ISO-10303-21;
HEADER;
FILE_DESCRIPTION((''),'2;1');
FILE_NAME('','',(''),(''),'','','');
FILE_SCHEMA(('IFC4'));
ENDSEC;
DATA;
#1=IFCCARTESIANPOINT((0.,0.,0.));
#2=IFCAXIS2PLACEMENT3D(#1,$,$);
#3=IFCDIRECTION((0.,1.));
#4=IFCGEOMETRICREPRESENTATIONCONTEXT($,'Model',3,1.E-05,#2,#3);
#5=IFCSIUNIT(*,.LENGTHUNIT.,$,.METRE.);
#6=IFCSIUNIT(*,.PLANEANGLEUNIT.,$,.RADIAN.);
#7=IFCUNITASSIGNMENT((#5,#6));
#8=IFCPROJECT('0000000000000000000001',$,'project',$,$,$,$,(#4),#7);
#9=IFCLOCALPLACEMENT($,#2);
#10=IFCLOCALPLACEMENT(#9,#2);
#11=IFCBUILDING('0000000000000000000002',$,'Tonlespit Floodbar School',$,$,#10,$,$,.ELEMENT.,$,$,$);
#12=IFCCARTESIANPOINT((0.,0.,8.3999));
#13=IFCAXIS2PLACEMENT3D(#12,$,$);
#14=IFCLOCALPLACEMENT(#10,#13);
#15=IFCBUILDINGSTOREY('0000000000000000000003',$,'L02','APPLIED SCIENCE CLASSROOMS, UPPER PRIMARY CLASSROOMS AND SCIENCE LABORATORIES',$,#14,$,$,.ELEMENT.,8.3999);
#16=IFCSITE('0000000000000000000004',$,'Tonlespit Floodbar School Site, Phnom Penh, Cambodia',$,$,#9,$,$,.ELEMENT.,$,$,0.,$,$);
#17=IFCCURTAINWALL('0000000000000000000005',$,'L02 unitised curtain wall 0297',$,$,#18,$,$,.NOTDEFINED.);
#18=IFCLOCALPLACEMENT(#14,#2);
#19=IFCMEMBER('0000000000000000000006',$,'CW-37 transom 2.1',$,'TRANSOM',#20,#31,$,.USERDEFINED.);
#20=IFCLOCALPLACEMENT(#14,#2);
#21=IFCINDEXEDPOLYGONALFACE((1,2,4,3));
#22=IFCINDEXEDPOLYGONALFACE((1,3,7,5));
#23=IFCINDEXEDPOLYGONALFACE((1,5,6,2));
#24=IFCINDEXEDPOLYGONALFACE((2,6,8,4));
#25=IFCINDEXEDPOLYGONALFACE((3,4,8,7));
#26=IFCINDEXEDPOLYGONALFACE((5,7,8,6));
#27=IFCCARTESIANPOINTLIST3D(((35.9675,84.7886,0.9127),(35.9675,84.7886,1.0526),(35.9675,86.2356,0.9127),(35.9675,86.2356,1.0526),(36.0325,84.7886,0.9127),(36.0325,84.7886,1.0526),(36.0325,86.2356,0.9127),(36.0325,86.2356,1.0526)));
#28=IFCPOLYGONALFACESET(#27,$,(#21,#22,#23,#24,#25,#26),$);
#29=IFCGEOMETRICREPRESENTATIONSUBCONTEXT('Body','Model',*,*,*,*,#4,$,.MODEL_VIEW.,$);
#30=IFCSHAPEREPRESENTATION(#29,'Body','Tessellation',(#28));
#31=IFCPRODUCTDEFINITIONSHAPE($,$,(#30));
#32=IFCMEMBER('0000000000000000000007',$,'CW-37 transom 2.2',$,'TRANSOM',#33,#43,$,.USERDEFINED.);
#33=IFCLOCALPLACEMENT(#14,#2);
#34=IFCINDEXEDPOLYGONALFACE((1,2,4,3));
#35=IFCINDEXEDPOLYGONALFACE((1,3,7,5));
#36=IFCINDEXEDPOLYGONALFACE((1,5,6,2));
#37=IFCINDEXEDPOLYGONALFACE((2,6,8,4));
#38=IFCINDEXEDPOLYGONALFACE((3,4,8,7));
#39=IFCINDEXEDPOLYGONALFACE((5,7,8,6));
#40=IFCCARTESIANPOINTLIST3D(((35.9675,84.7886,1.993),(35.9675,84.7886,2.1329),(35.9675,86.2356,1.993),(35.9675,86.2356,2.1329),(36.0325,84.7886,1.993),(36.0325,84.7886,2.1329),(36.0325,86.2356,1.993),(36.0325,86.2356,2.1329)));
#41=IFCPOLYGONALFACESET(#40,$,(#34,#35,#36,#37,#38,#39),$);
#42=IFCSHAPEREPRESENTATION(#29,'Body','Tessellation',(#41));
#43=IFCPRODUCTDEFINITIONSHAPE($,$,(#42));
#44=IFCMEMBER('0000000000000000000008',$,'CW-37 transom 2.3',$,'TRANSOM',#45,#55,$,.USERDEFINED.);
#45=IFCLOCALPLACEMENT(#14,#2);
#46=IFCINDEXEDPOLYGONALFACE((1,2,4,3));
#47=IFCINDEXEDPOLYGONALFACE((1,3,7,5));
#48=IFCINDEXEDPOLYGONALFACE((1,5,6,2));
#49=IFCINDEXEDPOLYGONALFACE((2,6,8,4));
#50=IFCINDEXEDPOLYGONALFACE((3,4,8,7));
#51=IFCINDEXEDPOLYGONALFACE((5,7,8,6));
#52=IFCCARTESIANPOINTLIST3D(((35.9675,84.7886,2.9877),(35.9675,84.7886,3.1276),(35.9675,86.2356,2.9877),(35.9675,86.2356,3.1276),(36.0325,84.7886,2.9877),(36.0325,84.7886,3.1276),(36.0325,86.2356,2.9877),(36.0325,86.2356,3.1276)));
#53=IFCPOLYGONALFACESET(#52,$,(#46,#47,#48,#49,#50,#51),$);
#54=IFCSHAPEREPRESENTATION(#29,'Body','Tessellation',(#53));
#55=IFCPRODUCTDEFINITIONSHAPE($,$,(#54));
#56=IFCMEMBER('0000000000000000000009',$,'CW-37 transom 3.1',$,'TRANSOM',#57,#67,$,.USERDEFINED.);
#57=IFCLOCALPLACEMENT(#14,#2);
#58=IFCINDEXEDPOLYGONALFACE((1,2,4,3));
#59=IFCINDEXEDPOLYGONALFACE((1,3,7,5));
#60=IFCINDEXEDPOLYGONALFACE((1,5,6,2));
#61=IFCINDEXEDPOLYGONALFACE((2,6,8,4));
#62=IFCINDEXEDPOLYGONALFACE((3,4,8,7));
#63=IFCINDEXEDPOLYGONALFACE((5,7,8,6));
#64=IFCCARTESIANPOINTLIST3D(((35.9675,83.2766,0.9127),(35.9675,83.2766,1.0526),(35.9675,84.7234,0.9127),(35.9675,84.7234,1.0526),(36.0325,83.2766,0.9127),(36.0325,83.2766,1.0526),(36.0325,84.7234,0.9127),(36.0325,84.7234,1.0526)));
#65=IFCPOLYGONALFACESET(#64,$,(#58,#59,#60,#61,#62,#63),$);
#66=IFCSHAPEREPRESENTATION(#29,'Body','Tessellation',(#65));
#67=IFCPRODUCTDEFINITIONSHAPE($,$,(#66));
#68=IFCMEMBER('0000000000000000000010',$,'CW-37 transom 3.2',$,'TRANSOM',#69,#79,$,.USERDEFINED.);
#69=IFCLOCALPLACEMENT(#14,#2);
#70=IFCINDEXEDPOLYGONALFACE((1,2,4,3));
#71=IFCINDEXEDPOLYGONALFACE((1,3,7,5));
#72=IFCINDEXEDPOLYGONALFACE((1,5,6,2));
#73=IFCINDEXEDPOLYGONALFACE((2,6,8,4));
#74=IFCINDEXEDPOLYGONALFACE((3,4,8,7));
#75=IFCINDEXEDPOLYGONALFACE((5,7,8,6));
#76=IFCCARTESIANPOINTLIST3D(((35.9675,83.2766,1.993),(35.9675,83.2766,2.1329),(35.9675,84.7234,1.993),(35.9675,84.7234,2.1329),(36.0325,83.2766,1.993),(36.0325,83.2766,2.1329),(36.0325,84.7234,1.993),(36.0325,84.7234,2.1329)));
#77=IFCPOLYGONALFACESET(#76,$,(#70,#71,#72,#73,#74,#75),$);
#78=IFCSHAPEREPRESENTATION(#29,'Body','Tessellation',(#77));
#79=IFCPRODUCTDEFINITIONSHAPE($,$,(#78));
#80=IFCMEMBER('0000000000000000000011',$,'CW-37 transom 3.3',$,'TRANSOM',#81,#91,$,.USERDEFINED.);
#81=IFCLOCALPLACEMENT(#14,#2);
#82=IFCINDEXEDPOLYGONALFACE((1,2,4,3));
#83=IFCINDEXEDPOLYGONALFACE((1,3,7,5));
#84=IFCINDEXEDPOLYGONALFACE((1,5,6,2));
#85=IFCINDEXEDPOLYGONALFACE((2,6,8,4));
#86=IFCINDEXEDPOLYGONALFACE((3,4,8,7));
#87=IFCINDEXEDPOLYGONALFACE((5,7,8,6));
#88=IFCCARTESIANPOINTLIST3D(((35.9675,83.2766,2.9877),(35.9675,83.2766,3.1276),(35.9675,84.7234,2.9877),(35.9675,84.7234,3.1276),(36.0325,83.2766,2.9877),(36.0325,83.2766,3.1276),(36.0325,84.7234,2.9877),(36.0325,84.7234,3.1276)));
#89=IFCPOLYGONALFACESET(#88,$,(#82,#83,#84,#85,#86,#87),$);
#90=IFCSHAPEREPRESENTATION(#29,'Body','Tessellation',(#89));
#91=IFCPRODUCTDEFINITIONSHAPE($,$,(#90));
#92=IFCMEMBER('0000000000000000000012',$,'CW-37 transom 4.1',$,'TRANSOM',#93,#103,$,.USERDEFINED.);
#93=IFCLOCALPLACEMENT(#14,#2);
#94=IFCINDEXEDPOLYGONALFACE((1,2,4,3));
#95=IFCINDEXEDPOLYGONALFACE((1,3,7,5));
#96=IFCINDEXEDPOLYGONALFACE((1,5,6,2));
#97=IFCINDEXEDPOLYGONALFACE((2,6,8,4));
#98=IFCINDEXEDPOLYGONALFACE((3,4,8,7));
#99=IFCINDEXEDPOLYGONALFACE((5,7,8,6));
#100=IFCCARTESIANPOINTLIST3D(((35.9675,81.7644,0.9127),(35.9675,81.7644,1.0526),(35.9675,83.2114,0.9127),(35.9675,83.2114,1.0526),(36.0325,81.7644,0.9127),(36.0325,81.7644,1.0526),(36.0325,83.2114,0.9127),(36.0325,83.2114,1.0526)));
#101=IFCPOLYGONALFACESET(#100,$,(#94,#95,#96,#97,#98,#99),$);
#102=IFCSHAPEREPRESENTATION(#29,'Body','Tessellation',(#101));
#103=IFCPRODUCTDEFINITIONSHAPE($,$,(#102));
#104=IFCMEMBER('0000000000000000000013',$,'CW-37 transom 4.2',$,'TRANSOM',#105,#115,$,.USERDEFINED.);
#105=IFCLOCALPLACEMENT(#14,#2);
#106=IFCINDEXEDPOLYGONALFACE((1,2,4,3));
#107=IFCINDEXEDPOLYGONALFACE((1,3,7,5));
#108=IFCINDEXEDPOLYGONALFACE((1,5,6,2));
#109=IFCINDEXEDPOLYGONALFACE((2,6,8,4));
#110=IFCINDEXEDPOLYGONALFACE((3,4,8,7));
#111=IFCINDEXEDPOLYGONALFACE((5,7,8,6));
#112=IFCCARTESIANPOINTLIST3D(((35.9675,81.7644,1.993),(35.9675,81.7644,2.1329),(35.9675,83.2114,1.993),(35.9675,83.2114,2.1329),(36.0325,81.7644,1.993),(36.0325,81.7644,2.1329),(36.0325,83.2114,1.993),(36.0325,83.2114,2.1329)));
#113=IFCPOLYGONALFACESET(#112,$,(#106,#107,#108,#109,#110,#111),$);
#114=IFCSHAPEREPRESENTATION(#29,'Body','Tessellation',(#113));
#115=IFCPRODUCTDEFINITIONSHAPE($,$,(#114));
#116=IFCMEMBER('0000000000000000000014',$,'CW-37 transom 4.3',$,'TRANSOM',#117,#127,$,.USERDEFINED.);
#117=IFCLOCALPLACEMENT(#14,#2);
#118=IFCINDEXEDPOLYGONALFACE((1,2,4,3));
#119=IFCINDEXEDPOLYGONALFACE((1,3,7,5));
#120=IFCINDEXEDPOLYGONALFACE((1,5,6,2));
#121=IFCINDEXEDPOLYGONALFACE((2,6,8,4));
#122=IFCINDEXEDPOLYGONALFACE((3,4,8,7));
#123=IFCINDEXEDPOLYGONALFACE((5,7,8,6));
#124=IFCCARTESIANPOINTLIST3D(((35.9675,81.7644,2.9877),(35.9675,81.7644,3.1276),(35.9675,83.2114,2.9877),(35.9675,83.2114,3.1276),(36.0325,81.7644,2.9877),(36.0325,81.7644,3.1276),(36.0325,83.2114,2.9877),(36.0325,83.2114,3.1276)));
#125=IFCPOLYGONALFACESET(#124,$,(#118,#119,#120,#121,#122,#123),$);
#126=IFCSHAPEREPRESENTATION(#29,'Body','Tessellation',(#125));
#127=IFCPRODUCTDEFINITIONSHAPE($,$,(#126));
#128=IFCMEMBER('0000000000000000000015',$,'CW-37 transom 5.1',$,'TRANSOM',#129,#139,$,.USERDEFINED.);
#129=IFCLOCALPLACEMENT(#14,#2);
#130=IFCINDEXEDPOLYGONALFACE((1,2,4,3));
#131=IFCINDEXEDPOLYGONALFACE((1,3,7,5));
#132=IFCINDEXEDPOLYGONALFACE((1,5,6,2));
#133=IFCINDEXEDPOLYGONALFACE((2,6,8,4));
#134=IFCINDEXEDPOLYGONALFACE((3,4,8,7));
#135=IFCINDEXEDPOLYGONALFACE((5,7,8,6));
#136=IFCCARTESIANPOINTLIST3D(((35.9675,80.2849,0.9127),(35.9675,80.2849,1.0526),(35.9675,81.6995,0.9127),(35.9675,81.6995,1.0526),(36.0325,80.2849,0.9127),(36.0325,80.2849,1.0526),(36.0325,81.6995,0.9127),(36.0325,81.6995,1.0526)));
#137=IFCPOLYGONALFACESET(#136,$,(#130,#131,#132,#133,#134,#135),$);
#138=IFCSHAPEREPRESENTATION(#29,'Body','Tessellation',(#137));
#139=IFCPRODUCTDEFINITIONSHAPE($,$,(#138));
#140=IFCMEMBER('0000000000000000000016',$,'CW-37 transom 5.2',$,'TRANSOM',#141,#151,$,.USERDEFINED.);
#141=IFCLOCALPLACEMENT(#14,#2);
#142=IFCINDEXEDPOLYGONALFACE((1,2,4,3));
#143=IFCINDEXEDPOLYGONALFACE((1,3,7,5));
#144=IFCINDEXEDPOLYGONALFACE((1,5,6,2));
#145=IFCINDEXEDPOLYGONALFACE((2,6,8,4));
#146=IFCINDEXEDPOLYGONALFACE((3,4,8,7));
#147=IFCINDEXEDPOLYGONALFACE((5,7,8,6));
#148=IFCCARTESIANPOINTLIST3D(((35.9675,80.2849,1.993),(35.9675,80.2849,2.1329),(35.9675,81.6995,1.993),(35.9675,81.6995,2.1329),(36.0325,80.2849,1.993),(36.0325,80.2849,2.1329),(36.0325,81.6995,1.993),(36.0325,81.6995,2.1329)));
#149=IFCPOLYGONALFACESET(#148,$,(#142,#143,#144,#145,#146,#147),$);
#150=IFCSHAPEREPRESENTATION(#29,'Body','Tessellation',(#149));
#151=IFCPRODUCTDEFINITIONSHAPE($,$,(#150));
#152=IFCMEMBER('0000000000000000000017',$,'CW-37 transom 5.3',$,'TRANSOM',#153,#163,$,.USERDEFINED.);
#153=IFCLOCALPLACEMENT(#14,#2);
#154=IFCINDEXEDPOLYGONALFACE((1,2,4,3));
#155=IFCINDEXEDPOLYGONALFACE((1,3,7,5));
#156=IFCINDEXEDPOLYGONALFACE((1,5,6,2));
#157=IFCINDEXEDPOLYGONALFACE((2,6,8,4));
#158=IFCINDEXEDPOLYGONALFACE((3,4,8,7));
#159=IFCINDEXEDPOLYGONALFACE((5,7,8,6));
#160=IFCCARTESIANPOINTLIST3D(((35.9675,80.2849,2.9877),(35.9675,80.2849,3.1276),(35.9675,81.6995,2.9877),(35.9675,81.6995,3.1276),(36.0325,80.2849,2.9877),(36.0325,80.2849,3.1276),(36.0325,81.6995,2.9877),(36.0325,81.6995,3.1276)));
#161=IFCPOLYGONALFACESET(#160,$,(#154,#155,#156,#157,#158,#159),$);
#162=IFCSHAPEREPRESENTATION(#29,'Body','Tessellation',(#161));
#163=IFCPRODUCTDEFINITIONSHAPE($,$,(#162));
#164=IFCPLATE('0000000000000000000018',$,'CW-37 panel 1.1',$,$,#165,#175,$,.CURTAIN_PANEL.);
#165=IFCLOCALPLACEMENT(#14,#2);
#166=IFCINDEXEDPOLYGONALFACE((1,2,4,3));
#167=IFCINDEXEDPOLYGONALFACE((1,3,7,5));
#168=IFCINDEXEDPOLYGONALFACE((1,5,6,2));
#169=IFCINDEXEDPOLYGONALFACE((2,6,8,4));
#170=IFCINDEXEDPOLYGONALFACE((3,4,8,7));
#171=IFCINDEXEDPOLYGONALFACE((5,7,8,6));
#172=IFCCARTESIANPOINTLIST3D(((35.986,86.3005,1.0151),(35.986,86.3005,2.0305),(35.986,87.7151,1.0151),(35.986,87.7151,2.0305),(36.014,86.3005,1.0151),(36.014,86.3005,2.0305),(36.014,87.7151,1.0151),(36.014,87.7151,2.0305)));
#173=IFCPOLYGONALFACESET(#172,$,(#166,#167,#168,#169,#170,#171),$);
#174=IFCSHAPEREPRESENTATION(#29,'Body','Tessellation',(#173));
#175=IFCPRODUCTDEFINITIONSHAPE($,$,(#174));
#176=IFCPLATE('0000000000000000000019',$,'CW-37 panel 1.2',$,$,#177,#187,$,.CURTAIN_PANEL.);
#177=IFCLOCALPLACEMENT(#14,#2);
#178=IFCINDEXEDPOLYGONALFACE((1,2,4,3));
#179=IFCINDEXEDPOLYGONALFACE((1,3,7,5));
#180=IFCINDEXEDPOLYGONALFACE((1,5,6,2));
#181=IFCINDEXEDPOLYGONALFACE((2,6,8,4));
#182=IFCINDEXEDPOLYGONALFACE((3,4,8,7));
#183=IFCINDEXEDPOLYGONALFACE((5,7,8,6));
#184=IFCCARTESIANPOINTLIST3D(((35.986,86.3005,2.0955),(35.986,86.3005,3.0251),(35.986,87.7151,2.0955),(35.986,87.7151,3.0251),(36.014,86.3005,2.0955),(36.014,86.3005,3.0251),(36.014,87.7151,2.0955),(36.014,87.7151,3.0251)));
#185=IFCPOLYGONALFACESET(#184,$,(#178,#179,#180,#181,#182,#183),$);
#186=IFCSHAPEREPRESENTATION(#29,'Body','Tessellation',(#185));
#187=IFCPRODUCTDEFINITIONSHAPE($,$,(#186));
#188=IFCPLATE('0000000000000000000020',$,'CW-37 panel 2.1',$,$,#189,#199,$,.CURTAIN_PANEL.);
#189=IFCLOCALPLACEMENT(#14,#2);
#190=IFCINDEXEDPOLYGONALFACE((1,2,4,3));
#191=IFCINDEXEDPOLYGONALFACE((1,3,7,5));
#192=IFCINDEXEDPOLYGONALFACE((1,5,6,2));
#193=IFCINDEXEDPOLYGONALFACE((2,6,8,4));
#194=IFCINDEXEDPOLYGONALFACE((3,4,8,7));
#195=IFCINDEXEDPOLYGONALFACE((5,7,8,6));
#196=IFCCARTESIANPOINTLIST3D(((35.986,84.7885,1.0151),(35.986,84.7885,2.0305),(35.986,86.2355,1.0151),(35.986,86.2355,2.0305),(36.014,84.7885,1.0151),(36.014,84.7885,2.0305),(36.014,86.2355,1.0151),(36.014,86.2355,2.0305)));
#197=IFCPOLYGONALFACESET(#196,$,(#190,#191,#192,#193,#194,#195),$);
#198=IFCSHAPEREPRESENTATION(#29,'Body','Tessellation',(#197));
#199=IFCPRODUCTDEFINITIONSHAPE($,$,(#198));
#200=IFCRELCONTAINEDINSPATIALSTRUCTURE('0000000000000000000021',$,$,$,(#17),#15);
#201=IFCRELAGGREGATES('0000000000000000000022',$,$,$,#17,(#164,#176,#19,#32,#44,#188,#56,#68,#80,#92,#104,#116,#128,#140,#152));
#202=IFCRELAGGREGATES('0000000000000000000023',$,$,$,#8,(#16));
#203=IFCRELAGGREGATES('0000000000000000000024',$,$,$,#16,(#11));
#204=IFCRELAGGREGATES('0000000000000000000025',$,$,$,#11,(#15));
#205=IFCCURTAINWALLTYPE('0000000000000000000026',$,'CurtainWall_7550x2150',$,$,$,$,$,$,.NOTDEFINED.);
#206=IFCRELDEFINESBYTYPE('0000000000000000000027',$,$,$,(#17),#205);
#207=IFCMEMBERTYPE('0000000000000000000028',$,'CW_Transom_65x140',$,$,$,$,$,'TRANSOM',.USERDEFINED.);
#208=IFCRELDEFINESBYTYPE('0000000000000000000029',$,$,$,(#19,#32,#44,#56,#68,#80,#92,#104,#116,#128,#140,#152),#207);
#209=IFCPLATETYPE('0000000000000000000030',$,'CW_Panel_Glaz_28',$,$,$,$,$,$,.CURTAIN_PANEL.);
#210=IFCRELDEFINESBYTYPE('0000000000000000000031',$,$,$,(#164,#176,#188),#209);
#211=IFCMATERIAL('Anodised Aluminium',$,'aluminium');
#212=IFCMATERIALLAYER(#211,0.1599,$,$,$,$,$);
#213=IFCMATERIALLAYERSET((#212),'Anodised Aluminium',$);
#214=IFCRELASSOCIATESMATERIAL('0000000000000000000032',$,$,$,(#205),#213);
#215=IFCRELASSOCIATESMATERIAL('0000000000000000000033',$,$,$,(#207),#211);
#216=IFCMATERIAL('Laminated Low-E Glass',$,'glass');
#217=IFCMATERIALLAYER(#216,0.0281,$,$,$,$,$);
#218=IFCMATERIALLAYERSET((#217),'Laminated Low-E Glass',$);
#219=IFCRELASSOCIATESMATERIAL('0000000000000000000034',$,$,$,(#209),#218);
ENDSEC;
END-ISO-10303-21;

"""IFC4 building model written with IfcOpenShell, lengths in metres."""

from ifc_helpers import new_model, si_unit, direction, frame, origin, origin_2d, place, context, subcontext, project, spatial, rectangle, extrude, material, layer, layer_set, material_profile, profile_set, type_object, element, aggregate, save


model = new_model("IFC4")

# Units and contexts
model_context = context("Model", 3, precision=1e-05, world=origin(), true_north=direction((0.0, 1.0)))
body_context = subcontext(model_context, "Body", "Model", "MODEL_VIEW")
ifc_project = project(units=[si_unit("LENGTHUNIT", "METRE"), si_unit("PLANEANGLEUNIT", "RADIAN")], contexts=[model_context])

# Site, building, storey
site_placement = place(None, origin())
site = spatial("IfcSite", under=ifc_project, at=site_placement, Name="Tonlespit Floodbar School Site, Phnom Penh, Cambodia", CompositionType="ELEMENT", RefElevation=0.0)
building_placement = place(site_placement, origin())
building = spatial("IfcBuilding", under=site, at=building_placement, Name="Tonlespit Floodbar School", CompositionType="ELEMENT")
storey_placement = place(building_placement, frame((0.0, 0.0, 8.3999)))
storey = spatial("IfcBuildingStorey", under=building, at=storey_placement, Name="L02", Description="APPLIED SCIENCE CLASSROOMS, UPPER PRIMARY CLASSROOMS AND SCIENCE LABORATORIES", CompositionType="ELEMENT", Elevation=8.3999)

# Curtain wall, members, plates
ifc_material_1 = material(Name="Anodised Aluminium", Category="aluminium")
ifc_layer_1 = layer(ifc_material_1, 0.1599)
ifc_layer_set_1 = layer_set([ifc_layer_1], Name="Anodised Aluminium")
curtain_wall_type = type_object("IfcCurtainWallType", Name="CurtainWall_7550x2150", PredefinedType="NOTDEFINED", material=ifc_layer_set_1)
curtain_wall_placement = place(storey_placement, origin())
curtain_wall = element("IfcCurtainWall", 1, at=curtain_wall_placement, inside=storey, type_object=curtain_wall_type, Name="L02 unitised curtain wall 0297", PredefinedType="NOTDEFINED")
ifc_material_profile_1 = material_profile(ifc_material_1, rectangle(XDim=0.0649, YDim=0.1399, at=origin_2d()), Name="ALU T65x140")
ifc_profile_set_1 = profile_set([ifc_material_profile_1], Name="Anodised Aluminium")
member_type_1 = type_object("IfcMemberType", Name="CW_Transom_65x140", ElementType="TRANSOM", PredefinedType="USERDEFINED", material=ifc_profile_set_1)
member_1_placement = place(storey_placement, frame((36.0, 86.2356, 0.9827), z_axis=(0.0, -1.0, 0.0), x_axis=(1.0, 0.0, 0.0)))
member_1 = element("IfcMember", 2, at=member_1_placement, type_object=member_type_1, Name="CW-37 transom 2.1", ObjectType="TRANSOM", PredefinedType="USERDEFINED", context=body_context, shape_type="SweptSolid", body=[
    extrude(rectangle(XDim=0.0649, YDim=0.1399, at=origin_2d()), origin(), (0.0, 0.0, 1.0), 1.447),
])
member_2_placement = place(storey_placement, frame((36.0, 86.2356, 2.063), z_axis=(0.0, -1.0, 0.0), x_axis=(1.0, 0.0, 0.0)))
member_2 = element("IfcMember", 3, at=member_2_placement, type_object=member_type_1, Name="CW-37 transom 2.2", ObjectType="TRANSOM", PredefinedType="USERDEFINED", context=body_context, shape_type="SweptSolid", body=[
    extrude(rectangle(XDim=0.0649, YDim=0.1399, at=origin_2d()), origin(), (0.0, 0.0, 1.0), 1.447),
])
member_3_placement = place(storey_placement, frame((36.0, 86.2356, 3.0576), z_axis=(0.0, -1.0, 0.0), x_axis=(1.0, 0.0, 0.0)))
member_3 = element("IfcMember", 4, at=member_3_placement, type_object=member_type_1, Name="CW-37 transom 2.3", ObjectType="TRANSOM", PredefinedType="USERDEFINED", context=body_context, shape_type="SweptSolid", body=[
    extrude(rectangle(XDim=0.0649, YDim=0.1399, at=origin_2d()), origin(), (0.0, 0.0, 1.0), 1.447),
])
member_4_placement = place(storey_placement, frame((36.0, 84.7234, 0.9827), z_axis=(0.0, -1.0, 0.0), x_axis=(1.0, 0.0, 0.0)))
member_4 = element("IfcMember", 5, at=member_4_placement, type_object=member_type_1, Name="CW-37 transom 3.1", ObjectType="TRANSOM", PredefinedType="USERDEFINED", context=body_context, shape_type="SweptSolid", body=[
    extrude(rectangle(XDim=0.0649, YDim=0.1399, at=origin_2d()), origin(), (0.0, 0.0, 1.0), 1.4468),
])
member_5_placement = place(storey_placement, frame((36.0, 84.7234, 2.063), z_axis=(0.0, -1.0, 0.0), x_axis=(1.0, 0.0, 0.0)))
member_5 = element("IfcMember", 6, at=member_5_placement, type_object=member_type_1, Name="CW-37 transom 3.2", ObjectType="TRANSOM", PredefinedType="USERDEFINED", context=body_context, shape_type="SweptSolid", body=[
    extrude(rectangle(XDim=0.0649, YDim=0.1399, at=origin_2d()), origin(), (0.0, 0.0, 1.0), 1.4468),
])
member_6_placement = place(storey_placement, frame((36.0, 84.7234, 3.0576), z_axis=(0.0, -1.0, 0.0), x_axis=(1.0, 0.0, 0.0)))
member_6 = element("IfcMember", 7, at=member_6_placement, type_object=member_type_1, Name="CW-37 transom 3.3", ObjectType="TRANSOM", PredefinedType="USERDEFINED", context=body_context, shape_type="SweptSolid", body=[
    extrude(rectangle(XDim=0.0649, YDim=0.1399, at=origin_2d()), origin(), (0.0, 0.0, 1.0), 1.4468),
])
member_7_placement = place(storey_placement, frame((36.0, 83.2114, 0.9827), z_axis=(0.0, -1.0, 0.0), x_axis=(1.0, 0.0, 0.0)))
member_7 = element("IfcMember", 8, at=member_7_placement, type_object=member_type_1, Name="CW-37 transom 4.1", ObjectType="TRANSOM", PredefinedType="USERDEFINED", context=body_context, shape_type="SweptSolid", body=[
    extrude(rectangle(XDim=0.0649, YDim=0.1399, at=origin_2d()), origin(), (0.0, 0.0, 1.0), 1.447),
])
member_8_placement = place(storey_placement, frame((36.0, 83.2114, 2.063), z_axis=(0.0, -1.0, 0.0), x_axis=(1.0, 0.0, 0.0)))
member_8 = element("IfcMember", 9, at=member_8_placement, type_object=member_type_1, Name="CW-37 transom 4.2", ObjectType="TRANSOM", PredefinedType="USERDEFINED", context=body_context, shape_type="SweptSolid", body=[
    extrude(rectangle(XDim=0.0649, YDim=0.1399, at=origin_2d()), origin(), (0.0, 0.0, 1.0), 1.447),
])
member_9_placement = place(storey_placement, frame((36.0, 83.2114, 3.0576), z_axis=(0.0, -1.0, 0.0), x_axis=(1.0, 0.0, 0.0)))
member_9 = element("IfcMember", 10, at=member_9_placement, type_object=member_type_1, Name="CW-37 transom 4.3", ObjectType="TRANSOM", PredefinedType="USERDEFINED", context=body_context, shape_type="SweptSolid", body=[
    extrude(rectangle(XDim=0.0649, YDim=0.1399, at=origin_2d()), origin(), (0.0, 0.0, 1.0), 1.447),
])
member_10_placement = place(storey_placement, frame((36.0, 81.6995, 0.9827), z_axis=(0.0, -1.0, 0.0), x_axis=(1.0, 0.0, 0.0)))
member_10 = element("IfcMember", 11, at=member_10_placement, type_object=member_type_1, Name="CW-37 transom 5.1", ObjectType="TRANSOM", PredefinedType="USERDEFINED", context=body_context, shape_type="SweptSolid", body=[
    extrude(rectangle(XDim=0.0649, YDim=0.1399, at=origin_2d()), origin(), (0.0, 0.0, 1.0), 1.4146),
])
member_11_placement = place(storey_placement, frame((36.0, 81.6995, 2.063), z_axis=(0.0, -1.0, 0.0), x_axis=(1.0, 0.0, 0.0)))
member_11 = element("IfcMember", 12, at=member_11_placement, type_object=member_type_1, Name="CW-37 transom 5.2", ObjectType="TRANSOM", PredefinedType="USERDEFINED", context=body_context, shape_type="SweptSolid", body=[
    extrude(rectangle(XDim=0.0649, YDim=0.1399, at=origin_2d()), origin(), (0.0, 0.0, 1.0), 1.4146),
])
member_12_placement = place(storey_placement, frame((36.0, 81.6995, 3.0576), z_axis=(0.0, -1.0, 0.0), x_axis=(1.0, 0.0, 0.0)))
member_12 = element("IfcMember", 13, at=member_12_placement, type_object=member_type_1, Name="CW-37 transom 5.3", ObjectType="TRANSOM", PredefinedType="USERDEFINED", context=body_context, shape_type="SweptSolid", body=[
    extrude(rectangle(XDim=0.0649, YDim=0.1399, at=origin_2d()), origin(), (0.0, 0.0, 1.0), 1.4146),
])
ifc_material_2 = material(Name="Laminated Low-E Glass", Category="glass")
ifc_layer_2 = layer(ifc_material_2, 0.0281)
ifc_layer_set_2 = layer_set([ifc_layer_2], Name="Laminated Low-E Glass")
plate_type = type_object("IfcPlateType", Name="CW_Panel_Glaz_28", PredefinedType="CURTAIN_PANEL", material=ifc_layer_set_2)
plate_1_placement = place(storey_placement, frame((36.0, 87.0078, 1.0151), z_axis=(0.0, 0.0, 1.0), x_axis=(0.0, -1.0, 0.0)))
plate_1 = element("IfcPlate", 14, at=plate_1_placement, type_object=plate_type, Name="CW-37 panel 1.1", PredefinedType="CURTAIN_PANEL", context=body_context, shape_type="SweptSolid", body=[
    extrude(rectangle(XDim=1.4146, YDim=0.0281, at=origin_2d()), origin(), (0.0, 0.0, 1.0), 1.0154),
])
plate_2_placement = place(storey_placement, frame((36.0, 87.0078, 2.0955), z_axis=(0.0, 0.0, 1.0), x_axis=(0.0, -1.0, 0.0)))
plate_2 = element("IfcPlate", 15, at=plate_2_placement, type_object=plate_type, Name="CW-37 panel 1.2", PredefinedType="CURTAIN_PANEL", context=body_context, shape_type="SweptSolid", body=[
    extrude(rectangle(XDim=1.4146, YDim=0.0281, at=origin_2d()), origin(), (0.0, 0.0, 1.0), 0.9297),
])
plate_3_placement = place(storey_placement, frame((36.0, 85.512, 1.0151), z_axis=(0.0, 0.0, 1.0), x_axis=(0.0, -1.0, 0.0)))
plate_3 = element("IfcPlate", 16, at=plate_3_placement, type_object=plate_type, Name="CW-37 panel 2.1", PredefinedType="CURTAIN_PANEL", context=body_context, shape_type="SweptSolid", body=[
    extrude(rectangle(XDim=1.447, YDim=0.0281, at=origin_2d()), origin(), (0.0, 0.0, 1.0), 1.0154),
])
aggregate(curtain_wall, [plate_1, plate_2, member_1, member_2, member_3, plate_3, member_4, member_5, member_6, member_7, member_8, member_9, member_10, member_11, member_12])

save(model, "model.ifc")
